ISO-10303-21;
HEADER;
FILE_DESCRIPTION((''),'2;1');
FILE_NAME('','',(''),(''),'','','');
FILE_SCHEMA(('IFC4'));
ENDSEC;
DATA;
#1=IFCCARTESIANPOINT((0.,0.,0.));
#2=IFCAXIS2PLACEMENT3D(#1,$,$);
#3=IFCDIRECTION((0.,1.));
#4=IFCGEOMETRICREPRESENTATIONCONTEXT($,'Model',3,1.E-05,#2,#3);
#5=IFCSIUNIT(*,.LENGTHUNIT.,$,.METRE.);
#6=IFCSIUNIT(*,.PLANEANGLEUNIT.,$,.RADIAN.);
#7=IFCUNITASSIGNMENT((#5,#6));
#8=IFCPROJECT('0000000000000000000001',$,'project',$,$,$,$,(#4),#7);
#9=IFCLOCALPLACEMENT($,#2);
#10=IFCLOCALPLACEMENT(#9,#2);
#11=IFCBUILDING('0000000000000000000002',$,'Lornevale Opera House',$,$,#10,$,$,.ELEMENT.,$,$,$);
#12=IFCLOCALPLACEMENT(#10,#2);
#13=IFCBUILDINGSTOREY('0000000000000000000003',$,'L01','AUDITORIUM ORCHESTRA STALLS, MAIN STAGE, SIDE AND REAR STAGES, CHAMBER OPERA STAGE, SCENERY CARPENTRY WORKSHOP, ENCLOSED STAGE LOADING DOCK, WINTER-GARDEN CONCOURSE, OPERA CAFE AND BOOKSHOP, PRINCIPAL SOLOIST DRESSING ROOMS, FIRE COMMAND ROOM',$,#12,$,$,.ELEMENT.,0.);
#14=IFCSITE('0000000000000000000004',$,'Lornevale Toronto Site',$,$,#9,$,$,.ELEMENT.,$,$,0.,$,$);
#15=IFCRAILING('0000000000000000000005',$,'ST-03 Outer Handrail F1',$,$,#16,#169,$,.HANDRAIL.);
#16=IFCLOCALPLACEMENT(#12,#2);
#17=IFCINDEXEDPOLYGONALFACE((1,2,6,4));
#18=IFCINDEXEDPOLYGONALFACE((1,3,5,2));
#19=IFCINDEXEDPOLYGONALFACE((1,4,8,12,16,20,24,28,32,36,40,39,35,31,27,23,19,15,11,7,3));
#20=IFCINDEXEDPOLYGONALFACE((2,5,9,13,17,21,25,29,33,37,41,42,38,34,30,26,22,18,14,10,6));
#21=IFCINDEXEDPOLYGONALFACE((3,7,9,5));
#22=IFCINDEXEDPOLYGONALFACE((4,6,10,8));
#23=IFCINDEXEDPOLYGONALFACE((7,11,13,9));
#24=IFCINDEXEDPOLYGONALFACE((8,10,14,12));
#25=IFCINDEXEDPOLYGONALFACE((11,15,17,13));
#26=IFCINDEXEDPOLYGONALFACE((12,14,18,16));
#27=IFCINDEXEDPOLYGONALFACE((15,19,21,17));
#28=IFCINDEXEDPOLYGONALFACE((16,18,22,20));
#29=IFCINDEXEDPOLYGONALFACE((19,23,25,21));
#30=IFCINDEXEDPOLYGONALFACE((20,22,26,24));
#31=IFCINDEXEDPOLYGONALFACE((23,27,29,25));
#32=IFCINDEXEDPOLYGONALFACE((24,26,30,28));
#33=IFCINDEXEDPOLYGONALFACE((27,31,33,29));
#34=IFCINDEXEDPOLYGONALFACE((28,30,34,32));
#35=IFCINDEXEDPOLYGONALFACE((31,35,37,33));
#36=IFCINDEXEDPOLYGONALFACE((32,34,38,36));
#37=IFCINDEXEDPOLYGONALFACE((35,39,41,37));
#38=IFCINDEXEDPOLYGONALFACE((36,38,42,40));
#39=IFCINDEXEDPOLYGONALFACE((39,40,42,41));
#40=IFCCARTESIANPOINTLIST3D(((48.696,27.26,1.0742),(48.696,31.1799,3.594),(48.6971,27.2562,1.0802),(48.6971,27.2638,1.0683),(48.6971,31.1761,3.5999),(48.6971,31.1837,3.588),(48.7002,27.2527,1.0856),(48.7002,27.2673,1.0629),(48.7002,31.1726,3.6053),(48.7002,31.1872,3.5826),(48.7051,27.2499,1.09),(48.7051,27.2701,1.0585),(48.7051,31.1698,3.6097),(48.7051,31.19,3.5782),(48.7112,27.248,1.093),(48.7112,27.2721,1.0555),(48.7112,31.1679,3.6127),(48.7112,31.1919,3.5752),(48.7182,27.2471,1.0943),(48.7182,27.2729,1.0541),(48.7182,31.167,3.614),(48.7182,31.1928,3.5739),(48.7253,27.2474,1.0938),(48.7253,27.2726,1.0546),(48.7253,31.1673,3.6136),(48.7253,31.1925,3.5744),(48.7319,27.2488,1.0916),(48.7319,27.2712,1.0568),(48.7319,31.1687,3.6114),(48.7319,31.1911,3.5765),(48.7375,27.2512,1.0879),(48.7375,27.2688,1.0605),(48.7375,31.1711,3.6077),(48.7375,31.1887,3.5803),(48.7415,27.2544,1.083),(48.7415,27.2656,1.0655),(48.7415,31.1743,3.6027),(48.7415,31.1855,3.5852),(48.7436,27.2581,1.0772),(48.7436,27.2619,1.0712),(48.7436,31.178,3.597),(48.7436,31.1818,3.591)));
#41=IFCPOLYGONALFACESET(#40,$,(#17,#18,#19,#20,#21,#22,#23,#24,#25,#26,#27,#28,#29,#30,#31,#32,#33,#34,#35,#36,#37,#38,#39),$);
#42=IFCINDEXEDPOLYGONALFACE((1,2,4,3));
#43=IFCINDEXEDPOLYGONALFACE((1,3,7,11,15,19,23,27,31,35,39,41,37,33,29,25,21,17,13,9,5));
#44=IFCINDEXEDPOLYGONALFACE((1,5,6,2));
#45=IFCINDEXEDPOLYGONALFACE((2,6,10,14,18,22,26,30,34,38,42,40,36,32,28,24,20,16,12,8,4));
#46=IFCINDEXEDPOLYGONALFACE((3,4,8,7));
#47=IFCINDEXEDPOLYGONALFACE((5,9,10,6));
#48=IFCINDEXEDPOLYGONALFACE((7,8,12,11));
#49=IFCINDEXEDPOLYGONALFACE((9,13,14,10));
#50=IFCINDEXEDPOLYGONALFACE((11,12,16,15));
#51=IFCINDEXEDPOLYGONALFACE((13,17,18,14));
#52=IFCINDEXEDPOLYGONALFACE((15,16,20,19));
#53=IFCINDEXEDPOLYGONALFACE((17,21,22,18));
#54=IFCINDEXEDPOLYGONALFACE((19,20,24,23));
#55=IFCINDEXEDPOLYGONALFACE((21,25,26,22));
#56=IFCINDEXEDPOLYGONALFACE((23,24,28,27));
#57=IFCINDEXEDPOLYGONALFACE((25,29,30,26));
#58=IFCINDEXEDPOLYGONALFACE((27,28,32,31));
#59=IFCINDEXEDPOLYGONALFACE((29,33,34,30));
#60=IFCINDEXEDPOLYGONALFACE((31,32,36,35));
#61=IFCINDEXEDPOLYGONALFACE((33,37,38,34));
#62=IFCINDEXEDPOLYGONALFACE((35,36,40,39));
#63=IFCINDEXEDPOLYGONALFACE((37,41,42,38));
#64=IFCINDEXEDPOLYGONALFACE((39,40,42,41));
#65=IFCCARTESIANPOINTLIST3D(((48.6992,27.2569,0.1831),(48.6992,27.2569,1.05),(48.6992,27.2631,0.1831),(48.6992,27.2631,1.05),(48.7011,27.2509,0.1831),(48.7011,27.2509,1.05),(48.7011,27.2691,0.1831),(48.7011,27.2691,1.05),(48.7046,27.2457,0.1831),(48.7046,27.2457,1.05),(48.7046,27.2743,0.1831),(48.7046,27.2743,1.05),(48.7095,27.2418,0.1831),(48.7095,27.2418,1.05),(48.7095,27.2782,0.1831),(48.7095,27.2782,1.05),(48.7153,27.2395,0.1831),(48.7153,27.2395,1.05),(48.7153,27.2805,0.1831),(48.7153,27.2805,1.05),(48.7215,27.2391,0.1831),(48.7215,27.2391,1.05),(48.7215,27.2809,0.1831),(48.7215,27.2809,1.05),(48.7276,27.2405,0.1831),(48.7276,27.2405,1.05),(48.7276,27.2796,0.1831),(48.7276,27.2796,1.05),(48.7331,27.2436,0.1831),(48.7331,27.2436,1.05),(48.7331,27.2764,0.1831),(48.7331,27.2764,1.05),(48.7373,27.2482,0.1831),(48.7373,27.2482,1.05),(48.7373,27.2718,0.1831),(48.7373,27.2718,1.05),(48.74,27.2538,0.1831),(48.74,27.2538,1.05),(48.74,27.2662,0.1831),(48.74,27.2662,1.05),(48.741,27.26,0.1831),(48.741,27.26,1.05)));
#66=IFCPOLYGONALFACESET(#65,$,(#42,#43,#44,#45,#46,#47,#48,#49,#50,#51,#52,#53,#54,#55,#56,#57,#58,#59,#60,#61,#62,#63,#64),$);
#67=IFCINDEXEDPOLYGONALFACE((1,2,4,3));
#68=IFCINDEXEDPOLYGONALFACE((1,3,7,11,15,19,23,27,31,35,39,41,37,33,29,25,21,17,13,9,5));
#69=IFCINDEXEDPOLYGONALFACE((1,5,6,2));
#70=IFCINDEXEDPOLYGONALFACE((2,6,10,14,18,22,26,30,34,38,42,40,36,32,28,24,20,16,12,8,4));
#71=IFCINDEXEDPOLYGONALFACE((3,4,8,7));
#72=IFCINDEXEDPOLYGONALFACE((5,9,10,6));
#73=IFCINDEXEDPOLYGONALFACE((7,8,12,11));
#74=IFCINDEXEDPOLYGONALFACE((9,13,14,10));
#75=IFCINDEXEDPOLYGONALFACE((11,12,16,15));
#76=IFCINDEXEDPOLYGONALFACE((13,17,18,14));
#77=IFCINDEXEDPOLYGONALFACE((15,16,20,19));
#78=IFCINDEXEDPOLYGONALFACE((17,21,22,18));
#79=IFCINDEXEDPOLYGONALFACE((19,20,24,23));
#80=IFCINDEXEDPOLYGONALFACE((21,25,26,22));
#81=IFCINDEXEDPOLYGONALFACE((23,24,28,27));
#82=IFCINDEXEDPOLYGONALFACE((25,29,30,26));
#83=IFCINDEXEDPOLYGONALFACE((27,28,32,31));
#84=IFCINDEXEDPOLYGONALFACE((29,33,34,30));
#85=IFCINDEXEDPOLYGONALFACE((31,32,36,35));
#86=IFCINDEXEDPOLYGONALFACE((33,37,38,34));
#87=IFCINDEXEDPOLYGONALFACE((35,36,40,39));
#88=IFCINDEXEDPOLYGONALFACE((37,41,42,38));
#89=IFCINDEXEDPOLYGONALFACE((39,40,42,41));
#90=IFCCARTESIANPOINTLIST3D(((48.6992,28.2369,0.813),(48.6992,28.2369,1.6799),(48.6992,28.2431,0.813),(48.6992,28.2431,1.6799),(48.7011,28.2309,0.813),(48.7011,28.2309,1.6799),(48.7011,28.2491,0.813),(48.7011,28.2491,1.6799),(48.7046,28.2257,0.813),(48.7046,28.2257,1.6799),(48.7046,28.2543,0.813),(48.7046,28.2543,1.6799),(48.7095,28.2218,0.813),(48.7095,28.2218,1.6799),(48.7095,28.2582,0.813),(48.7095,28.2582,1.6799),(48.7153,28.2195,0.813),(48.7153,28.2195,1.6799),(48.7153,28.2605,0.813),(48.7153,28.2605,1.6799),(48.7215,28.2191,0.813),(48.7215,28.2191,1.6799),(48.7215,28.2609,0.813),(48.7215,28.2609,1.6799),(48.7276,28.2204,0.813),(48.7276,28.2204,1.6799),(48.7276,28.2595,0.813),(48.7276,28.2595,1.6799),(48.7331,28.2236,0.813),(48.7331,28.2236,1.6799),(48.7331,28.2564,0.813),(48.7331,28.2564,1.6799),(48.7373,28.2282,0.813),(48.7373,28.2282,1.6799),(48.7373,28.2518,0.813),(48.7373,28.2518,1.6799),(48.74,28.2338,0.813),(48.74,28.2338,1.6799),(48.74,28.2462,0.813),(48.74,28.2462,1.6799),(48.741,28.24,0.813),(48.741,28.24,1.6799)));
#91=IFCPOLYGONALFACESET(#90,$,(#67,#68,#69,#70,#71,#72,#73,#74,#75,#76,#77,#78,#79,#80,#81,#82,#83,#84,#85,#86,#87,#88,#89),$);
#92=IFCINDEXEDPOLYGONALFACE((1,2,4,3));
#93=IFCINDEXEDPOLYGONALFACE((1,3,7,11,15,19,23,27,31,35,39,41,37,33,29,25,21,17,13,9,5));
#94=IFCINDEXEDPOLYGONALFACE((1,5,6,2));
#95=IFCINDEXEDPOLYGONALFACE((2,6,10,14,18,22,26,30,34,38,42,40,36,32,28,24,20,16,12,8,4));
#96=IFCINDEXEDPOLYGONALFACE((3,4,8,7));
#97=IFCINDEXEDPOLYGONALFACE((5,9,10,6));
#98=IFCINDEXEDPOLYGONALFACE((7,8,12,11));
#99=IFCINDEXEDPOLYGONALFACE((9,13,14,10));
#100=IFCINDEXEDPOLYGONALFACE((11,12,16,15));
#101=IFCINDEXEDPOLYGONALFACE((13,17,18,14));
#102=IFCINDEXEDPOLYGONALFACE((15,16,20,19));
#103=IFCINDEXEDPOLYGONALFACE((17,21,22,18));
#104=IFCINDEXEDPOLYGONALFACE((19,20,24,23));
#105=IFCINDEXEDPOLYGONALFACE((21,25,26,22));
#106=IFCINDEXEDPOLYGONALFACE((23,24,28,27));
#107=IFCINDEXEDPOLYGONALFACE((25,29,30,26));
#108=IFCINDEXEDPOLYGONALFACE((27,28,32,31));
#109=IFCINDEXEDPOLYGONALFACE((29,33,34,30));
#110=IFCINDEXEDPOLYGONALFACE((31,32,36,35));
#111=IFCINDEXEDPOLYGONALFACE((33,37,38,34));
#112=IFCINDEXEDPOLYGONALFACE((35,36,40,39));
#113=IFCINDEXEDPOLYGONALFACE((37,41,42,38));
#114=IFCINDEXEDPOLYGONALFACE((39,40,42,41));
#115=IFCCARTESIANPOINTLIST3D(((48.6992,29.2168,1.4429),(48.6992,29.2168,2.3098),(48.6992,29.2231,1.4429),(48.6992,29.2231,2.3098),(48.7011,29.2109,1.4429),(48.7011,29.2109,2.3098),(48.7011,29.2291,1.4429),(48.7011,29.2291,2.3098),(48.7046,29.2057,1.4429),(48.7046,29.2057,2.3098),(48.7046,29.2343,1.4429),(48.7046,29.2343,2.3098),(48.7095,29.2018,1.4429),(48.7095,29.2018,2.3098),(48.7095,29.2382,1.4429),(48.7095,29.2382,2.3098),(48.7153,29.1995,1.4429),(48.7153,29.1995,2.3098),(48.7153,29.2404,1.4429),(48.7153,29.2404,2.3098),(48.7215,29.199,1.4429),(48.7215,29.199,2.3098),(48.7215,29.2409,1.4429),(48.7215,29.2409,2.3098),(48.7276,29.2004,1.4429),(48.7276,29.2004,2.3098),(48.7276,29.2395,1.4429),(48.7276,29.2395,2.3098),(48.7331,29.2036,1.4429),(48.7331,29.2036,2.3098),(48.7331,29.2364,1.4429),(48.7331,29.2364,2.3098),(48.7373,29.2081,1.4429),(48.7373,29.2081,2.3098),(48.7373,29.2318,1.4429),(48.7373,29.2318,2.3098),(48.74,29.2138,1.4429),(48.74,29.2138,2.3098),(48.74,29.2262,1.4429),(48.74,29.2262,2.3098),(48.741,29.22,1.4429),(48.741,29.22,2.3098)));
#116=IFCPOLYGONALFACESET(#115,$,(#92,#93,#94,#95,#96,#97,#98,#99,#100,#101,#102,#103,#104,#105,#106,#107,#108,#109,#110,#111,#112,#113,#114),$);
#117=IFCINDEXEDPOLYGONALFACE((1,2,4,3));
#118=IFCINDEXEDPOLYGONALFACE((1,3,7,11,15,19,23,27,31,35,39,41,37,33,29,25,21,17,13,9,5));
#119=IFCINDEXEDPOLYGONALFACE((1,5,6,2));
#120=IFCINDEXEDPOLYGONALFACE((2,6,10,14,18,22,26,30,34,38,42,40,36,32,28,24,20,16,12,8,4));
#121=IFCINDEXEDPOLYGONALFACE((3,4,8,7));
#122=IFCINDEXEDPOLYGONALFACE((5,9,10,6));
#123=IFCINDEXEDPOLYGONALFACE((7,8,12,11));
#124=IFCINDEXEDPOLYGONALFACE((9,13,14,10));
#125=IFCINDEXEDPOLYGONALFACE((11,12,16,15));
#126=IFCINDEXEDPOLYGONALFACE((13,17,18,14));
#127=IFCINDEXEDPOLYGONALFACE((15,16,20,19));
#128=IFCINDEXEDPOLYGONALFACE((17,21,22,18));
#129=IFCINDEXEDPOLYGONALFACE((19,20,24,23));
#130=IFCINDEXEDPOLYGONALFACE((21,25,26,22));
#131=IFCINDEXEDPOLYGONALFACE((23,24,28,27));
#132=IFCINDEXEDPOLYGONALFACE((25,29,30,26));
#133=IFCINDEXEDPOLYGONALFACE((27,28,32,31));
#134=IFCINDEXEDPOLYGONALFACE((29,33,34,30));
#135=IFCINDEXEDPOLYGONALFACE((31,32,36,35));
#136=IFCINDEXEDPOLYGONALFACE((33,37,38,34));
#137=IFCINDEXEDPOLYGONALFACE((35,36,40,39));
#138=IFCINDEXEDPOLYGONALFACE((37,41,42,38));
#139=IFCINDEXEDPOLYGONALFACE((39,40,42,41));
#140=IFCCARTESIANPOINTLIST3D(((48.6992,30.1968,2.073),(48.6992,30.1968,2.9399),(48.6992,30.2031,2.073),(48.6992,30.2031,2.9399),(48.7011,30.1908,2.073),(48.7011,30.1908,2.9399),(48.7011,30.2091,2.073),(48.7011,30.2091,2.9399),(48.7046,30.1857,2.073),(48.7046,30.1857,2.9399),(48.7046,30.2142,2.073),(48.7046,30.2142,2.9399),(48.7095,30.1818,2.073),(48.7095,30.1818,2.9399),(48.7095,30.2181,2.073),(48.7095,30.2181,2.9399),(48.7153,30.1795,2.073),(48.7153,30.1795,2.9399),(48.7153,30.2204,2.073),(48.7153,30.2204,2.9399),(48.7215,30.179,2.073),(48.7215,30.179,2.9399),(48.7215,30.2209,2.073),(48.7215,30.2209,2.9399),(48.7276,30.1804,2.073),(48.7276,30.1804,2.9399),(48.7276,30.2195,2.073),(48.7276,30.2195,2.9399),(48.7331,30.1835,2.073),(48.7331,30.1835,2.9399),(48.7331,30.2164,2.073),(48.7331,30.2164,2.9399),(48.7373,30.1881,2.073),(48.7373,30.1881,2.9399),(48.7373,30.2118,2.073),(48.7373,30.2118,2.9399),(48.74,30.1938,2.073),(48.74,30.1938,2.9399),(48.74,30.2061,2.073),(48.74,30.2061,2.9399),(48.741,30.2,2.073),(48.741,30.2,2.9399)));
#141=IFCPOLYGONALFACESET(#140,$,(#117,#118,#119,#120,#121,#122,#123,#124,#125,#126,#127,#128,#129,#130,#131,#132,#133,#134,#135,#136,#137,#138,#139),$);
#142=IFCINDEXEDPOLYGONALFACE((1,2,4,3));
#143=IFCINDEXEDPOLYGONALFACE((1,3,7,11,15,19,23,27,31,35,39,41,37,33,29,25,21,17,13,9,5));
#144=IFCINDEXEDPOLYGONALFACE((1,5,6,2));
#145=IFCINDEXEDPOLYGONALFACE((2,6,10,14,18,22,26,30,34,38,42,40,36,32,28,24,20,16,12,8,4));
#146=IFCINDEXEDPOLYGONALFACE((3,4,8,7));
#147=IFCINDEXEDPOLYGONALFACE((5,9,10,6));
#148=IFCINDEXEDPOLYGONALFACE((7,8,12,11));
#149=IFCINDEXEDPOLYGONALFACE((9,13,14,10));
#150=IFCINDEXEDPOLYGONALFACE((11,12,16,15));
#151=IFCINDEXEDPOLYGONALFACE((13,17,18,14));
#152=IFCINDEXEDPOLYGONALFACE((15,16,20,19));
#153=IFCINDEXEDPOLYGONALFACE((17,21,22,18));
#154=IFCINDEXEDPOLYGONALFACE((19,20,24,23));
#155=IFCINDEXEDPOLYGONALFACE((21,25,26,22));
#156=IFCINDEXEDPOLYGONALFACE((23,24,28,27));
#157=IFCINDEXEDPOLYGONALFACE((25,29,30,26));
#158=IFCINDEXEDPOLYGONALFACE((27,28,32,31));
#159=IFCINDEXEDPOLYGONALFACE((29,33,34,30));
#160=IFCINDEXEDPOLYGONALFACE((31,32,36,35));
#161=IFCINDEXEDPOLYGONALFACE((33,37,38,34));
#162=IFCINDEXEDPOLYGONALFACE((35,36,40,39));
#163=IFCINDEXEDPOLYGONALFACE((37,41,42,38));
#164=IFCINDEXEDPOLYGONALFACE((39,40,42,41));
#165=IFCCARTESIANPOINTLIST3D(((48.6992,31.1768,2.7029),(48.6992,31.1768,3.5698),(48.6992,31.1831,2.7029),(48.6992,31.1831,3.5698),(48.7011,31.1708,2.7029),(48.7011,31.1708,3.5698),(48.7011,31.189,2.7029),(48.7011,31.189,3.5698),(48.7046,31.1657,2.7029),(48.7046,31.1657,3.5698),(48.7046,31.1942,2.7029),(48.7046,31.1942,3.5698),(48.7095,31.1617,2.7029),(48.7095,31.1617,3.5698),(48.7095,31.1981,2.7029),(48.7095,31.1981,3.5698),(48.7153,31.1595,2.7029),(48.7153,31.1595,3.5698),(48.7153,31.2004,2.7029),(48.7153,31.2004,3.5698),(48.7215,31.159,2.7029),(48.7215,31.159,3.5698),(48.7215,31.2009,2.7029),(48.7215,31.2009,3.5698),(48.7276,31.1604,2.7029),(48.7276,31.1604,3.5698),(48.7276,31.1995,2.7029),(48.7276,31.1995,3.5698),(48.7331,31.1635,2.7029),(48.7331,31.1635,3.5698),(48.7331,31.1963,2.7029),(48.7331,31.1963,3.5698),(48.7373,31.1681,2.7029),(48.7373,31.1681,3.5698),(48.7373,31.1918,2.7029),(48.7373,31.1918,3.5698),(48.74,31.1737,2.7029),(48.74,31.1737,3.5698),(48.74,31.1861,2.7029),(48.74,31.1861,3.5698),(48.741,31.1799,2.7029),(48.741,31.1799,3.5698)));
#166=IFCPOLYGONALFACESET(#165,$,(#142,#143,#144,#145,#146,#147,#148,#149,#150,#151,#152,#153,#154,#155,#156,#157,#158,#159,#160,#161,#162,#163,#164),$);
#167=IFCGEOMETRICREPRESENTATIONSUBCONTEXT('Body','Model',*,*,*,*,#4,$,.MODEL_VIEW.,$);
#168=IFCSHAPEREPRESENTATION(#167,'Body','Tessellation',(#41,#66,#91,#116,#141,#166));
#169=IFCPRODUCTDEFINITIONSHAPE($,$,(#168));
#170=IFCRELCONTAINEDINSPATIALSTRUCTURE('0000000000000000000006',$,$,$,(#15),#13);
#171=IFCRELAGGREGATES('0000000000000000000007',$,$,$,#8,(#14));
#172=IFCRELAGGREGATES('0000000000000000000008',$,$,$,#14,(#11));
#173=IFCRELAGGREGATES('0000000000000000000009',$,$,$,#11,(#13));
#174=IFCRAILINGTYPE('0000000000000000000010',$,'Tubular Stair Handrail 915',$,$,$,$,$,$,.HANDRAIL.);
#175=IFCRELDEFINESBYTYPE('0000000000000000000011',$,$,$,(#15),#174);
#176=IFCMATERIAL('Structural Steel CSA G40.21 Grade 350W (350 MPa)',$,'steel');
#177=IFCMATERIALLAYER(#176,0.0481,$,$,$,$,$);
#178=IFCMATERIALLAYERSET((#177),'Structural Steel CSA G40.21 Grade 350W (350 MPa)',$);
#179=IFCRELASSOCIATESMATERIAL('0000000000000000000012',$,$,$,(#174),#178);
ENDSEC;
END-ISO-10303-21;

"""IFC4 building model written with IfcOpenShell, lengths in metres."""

from ifc_helpers import new_model, si_unit, direction, frame, origin, origin_2d, place, context, subcontext, project, spatial, circle, extrude, material, layer, layer_set, type_object, element, save


model = new_model("IFC4")

# Units and contexts
model_context = context("Model", 3, precision=1e-05, world=origin(), true_north=direction((0.0, 1.0)))
body_context = subcontext(model_context, "Body", "Model", "MODEL_VIEW")
ifc_project = project(units=[si_unit("LENGTHUNIT", "METRE"), si_unit("PLANEANGLEUNIT", "RADIAN")], contexts=[model_context])

# Site, building, storey
site_placement = place(None, origin())
site = spatial("IfcSite", under=ifc_project, at=site_placement, Name="Lornevale Toronto Site", CompositionType="ELEMENT", RefElevation=0.0)
building_placement = place(site_placement, origin())
building = spatial("IfcBuilding", under=site, at=building_placement, Name="Lornevale Opera House", CompositionType="ELEMENT")
storey_placement = place(building_placement, origin())
storey = spatial("IfcBuildingStorey", under=building, at=storey_placement, Name="L01", Description="AUDITORIUM ORCHESTRA STALLS, MAIN STAGE, SIDE AND REAR STAGES, CHAMBER OPERA STAGE, SCENERY CARPENTRY WORKSHOP, ENCLOSED STAGE LOADING DOCK, WINTER-GARDEN CONCOURSE, OPERA CAFE AND BOOKSHOP, PRINCIPAL SOLOIST DRESSING ROOMS, FIRE COMMAND ROOM", CompositionType="ELEMENT", Elevation=0.0)

# Railing
ifc_material_1 = material(Name="Structural Steel CSA G40.21 Grade 350W (350 MPa)", Category="steel")
ifc_layer_1 = layer(ifc_material_1, 0.0481)
ifc_layer_set_1 = layer_set([ifc_layer_1], Name="Structural Steel CSA G40.21 Grade 350W (350 MPa)")
railing_type_1 = type_object("IfcRailingType", Name="Tubular Stair Handrail 915", PredefinedType="HANDRAIL", material=ifc_layer_set_1)
railing_1_placement = place(storey_placement, frame((48.72, 27.26, 0.1831)))
element("IfcRailing", 1, at=railing_1_placement, inside=storey, type_object=railing_type_1, Name="ST-03 Outer Handrail F1", PredefinedType="HANDRAIL", context=body_context, shape_type="SweptSolid", body=[
    extrude(circle(Radius=0.0239, at=origin_2d()), frame((0.0, 0.0, 0.8911), z_axis=(0.0, 0.841195, 0.540731), x_axis=(-1.0, 0.0, 0.0)), (0.0, 0.0, 1.0), 4.6599),
    extrude(circle(Radius=0.021, at=origin_2d()), origin(), (0.0, 0.0, 1.0), 0.8669),
    extrude(circle(Radius=0.021, at=origin_2d()), frame((0.0, 0.98, 0.6299)), (0.0, 0.0, 1.0), 0.8669),
    extrude(circle(Radius=0.021, at=origin_2d()), frame((0.0, 1.96, 1.2598)), (0.0, 0.0, 1.0), 0.8669),
    extrude(circle(Radius=0.021, at=origin_2d()), frame((0.0, 2.9399, 1.8899)), (0.0, 0.0, 1.0), 0.8669),
    extrude(circle(Radius=0.021, at=origin_2d()), frame((0.0, 3.9199, 2.5198)), (0.0, 0.0, 1.0), 0.8669),
])

save(model, "model.ifc")
